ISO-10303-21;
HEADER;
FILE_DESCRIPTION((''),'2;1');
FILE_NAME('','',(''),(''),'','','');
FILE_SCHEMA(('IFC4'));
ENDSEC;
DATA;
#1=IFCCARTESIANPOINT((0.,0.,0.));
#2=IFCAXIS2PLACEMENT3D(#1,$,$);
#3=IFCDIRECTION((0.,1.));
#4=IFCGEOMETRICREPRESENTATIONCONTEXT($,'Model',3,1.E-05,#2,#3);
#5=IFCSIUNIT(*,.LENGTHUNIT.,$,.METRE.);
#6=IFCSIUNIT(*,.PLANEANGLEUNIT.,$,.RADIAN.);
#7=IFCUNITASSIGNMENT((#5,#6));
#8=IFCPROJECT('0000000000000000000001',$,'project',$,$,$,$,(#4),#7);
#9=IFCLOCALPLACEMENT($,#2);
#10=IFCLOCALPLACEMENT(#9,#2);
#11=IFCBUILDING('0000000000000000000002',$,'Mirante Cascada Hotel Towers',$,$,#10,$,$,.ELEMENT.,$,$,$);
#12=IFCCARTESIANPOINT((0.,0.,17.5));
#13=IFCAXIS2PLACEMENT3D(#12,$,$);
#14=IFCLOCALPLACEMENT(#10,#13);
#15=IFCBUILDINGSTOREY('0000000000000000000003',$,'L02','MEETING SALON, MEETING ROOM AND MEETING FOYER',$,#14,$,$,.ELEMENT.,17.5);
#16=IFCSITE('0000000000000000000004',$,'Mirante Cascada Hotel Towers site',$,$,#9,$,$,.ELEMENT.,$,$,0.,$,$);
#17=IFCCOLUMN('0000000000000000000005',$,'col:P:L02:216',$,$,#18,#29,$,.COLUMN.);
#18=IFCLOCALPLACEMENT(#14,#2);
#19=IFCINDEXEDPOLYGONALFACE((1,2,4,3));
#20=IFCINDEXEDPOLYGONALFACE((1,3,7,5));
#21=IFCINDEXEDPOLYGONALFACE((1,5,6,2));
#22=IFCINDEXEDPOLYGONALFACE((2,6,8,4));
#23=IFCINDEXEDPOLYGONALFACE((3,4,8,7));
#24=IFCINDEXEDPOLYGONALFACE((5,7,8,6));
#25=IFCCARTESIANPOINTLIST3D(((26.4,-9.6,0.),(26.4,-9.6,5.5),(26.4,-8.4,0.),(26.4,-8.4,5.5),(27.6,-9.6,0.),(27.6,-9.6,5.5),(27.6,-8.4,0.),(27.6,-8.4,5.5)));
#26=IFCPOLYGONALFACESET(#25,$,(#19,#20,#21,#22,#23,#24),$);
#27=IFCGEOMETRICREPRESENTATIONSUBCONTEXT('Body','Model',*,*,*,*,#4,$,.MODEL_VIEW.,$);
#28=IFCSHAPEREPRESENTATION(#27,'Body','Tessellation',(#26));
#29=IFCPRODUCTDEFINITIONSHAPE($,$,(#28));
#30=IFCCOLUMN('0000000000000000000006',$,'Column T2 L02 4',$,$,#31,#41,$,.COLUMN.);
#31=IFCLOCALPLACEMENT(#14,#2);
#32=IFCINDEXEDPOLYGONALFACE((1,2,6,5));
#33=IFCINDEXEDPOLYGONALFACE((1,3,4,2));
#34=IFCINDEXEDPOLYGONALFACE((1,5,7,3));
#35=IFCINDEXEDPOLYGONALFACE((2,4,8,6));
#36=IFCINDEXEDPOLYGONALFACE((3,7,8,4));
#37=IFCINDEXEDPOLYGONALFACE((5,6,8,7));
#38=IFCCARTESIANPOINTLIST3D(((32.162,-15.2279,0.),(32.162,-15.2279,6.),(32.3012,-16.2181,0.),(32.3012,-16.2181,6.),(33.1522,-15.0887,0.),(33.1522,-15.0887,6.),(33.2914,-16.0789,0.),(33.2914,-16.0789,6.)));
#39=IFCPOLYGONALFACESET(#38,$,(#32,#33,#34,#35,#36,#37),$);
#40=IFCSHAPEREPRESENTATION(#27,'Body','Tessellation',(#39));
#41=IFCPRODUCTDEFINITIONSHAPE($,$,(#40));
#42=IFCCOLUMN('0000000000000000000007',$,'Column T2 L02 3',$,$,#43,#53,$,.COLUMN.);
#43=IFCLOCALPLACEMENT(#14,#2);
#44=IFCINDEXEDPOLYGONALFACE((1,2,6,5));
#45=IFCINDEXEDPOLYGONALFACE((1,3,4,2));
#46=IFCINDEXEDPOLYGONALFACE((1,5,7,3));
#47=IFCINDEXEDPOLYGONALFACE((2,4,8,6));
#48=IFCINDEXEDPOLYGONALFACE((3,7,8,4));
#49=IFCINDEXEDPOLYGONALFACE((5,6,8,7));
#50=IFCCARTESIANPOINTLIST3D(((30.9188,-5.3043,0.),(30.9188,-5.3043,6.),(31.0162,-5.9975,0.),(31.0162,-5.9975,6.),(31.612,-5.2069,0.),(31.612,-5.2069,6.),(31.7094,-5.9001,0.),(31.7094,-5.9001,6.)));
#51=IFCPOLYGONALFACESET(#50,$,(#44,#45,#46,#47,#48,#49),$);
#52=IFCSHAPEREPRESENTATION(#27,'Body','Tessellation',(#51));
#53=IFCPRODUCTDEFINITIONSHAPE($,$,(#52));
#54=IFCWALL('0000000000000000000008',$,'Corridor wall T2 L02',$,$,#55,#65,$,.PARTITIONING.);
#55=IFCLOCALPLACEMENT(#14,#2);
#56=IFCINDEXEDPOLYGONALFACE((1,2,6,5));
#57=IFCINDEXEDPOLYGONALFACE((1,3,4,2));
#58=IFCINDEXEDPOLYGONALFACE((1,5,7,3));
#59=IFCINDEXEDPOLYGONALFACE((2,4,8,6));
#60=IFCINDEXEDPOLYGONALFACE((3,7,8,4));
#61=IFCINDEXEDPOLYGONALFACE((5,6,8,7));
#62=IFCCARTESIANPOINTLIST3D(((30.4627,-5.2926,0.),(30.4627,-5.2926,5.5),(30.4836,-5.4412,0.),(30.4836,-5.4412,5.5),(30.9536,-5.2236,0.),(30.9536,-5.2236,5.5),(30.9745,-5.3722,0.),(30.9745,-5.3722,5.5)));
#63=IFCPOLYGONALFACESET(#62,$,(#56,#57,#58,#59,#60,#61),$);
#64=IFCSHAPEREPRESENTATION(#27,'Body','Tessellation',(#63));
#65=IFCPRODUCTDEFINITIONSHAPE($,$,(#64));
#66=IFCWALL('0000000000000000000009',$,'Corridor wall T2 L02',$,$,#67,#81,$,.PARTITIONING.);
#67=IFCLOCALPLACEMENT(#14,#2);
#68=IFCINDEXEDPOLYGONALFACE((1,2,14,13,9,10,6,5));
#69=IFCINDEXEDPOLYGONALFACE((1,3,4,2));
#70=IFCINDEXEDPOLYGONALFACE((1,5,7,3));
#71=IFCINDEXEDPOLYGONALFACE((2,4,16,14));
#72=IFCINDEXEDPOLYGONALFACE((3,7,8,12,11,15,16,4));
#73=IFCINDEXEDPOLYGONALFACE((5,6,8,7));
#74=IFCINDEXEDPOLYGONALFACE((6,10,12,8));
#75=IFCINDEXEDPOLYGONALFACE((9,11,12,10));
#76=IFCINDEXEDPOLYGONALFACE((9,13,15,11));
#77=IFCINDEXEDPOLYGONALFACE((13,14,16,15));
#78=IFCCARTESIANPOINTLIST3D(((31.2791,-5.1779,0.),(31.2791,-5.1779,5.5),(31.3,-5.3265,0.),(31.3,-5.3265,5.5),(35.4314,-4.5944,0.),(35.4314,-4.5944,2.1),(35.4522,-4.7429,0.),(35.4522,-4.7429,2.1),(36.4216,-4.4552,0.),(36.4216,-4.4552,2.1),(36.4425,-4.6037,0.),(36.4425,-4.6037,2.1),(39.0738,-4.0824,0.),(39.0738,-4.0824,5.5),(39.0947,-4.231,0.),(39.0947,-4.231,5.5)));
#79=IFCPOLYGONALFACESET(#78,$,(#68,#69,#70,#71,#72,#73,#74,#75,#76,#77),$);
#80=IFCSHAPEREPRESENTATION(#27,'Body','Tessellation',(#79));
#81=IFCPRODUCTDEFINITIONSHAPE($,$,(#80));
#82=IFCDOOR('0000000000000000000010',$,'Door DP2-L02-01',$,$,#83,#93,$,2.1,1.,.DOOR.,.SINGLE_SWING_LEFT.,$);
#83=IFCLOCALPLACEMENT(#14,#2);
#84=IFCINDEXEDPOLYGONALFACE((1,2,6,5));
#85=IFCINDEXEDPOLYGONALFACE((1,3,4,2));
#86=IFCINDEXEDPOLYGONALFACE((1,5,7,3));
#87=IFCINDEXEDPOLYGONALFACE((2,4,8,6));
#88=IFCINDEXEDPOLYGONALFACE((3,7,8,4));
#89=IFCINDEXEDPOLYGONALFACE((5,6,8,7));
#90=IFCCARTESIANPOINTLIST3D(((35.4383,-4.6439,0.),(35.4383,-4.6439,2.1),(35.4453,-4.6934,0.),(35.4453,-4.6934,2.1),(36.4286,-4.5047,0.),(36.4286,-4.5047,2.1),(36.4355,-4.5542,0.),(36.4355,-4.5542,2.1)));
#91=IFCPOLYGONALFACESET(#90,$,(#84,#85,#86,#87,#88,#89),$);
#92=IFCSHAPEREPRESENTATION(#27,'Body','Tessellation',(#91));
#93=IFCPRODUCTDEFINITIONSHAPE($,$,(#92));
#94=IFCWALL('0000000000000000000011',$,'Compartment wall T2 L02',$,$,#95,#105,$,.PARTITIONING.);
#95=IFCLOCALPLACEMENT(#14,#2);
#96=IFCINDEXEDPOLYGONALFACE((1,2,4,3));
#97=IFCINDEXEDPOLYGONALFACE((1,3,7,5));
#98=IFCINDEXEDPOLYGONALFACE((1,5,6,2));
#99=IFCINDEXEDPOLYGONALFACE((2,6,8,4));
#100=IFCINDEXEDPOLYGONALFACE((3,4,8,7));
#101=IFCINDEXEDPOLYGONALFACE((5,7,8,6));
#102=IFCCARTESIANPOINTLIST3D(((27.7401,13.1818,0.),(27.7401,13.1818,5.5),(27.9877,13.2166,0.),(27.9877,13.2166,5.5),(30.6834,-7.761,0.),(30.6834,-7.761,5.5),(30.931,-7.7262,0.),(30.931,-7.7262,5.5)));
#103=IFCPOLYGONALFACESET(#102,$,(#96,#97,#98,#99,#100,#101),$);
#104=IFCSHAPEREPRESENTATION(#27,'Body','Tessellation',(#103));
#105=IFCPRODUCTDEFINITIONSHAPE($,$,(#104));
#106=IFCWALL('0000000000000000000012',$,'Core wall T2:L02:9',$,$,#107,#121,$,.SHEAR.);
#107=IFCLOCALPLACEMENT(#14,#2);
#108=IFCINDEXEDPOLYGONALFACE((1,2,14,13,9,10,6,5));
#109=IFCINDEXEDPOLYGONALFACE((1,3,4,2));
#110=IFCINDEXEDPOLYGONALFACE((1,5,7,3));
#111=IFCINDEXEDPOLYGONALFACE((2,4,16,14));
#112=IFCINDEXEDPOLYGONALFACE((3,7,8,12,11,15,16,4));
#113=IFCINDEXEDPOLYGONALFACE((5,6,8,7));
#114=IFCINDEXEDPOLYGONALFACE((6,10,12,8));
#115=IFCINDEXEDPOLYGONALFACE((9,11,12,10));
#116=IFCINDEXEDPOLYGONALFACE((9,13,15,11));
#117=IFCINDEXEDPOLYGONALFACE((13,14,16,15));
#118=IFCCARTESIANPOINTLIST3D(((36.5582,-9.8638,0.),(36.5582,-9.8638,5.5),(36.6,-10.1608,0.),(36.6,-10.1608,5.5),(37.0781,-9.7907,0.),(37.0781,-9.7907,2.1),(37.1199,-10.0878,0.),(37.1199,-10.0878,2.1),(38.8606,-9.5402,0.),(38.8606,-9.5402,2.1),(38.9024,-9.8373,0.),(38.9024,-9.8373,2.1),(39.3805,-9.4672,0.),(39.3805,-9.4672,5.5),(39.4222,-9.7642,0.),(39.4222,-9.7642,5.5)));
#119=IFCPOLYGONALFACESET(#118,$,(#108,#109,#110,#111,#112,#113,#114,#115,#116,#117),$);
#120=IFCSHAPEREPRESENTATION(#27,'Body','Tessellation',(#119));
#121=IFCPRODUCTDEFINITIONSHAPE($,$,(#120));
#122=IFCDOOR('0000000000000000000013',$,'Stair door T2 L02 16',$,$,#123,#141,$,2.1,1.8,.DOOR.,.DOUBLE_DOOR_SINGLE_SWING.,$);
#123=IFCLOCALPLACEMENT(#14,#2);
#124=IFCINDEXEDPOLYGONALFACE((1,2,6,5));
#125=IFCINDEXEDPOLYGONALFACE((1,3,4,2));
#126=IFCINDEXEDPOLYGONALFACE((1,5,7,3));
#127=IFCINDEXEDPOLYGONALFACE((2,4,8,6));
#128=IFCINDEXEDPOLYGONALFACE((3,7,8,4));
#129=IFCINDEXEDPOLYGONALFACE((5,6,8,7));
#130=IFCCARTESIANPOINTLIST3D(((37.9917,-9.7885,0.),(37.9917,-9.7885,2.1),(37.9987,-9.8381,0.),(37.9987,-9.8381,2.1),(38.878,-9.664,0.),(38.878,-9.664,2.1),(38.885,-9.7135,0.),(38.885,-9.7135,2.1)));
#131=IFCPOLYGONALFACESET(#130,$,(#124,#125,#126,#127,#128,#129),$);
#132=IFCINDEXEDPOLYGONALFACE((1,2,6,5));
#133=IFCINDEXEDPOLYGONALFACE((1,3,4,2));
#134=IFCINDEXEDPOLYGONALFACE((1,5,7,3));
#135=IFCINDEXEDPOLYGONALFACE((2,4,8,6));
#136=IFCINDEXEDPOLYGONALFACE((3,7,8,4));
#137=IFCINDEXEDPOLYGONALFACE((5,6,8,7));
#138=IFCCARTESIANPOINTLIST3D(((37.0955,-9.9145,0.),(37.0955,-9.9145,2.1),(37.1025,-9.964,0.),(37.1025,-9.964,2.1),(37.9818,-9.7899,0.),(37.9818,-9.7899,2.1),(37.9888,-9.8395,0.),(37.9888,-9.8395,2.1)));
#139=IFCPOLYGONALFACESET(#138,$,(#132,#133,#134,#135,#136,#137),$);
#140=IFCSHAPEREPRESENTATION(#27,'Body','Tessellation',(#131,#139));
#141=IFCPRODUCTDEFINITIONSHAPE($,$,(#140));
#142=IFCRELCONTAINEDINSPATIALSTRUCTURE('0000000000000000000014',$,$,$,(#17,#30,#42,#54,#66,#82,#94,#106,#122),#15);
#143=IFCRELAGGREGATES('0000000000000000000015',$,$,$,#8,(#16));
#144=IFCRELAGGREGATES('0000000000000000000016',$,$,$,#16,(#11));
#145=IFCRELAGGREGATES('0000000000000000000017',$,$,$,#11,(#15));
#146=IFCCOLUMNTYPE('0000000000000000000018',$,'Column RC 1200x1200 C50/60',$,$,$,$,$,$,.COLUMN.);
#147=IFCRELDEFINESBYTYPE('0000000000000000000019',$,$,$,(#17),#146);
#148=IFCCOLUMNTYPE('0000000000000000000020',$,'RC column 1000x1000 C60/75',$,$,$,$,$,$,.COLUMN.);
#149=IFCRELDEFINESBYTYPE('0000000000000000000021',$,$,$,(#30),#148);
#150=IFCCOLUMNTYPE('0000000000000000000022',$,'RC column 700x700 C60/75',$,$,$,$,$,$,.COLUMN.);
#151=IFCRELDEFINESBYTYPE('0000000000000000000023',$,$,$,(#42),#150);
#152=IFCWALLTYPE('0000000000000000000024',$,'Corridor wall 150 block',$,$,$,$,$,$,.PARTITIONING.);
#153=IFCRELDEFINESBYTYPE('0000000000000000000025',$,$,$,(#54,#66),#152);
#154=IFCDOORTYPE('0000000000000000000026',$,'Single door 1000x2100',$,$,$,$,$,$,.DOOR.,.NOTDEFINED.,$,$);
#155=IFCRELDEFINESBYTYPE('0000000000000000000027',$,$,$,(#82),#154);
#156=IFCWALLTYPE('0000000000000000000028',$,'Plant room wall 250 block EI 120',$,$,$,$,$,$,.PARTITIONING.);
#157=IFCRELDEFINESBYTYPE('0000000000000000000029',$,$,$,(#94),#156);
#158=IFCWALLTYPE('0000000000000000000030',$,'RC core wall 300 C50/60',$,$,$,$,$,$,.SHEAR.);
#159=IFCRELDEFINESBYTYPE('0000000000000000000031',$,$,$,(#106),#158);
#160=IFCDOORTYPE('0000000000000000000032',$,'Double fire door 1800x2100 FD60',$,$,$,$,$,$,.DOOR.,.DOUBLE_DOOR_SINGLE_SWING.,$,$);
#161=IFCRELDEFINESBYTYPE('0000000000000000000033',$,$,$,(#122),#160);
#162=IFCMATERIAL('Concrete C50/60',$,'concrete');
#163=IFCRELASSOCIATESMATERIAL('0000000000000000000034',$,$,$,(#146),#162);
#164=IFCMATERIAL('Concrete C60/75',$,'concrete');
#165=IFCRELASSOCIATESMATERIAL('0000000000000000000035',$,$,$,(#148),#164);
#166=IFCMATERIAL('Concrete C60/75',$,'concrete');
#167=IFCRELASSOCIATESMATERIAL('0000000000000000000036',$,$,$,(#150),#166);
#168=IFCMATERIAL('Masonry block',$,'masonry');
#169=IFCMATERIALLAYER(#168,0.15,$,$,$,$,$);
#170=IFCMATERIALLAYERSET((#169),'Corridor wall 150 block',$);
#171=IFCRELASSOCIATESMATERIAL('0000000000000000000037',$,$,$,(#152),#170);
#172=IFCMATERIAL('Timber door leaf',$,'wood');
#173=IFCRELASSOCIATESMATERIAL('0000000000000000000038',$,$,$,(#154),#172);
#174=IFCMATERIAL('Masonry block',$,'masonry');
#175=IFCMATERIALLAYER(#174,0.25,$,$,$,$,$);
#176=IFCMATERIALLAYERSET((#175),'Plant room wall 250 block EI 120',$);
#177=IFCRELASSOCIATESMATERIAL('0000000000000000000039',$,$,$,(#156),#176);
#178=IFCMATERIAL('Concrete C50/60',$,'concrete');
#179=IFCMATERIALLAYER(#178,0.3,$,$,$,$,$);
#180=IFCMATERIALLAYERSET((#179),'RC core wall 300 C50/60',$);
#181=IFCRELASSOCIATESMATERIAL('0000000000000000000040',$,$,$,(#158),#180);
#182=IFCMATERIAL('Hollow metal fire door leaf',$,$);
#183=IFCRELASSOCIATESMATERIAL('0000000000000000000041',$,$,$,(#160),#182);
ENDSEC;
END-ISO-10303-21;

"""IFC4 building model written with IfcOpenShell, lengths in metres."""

from ifc_helpers import new_model, si_unit, direction, frame, frame_2d, origin, origin_2d, place, context, subcontext, project, spatial, rectangle, extrude, material, layer, layer_set, material_profile, profile_set, type_object, element, fill, save


model = new_model("IFC4")

# Units and contexts
model_context = context("Model", 3, precision=1e-05, world=origin(), true_north=direction((0.0, 1.0)))
body_context = subcontext(model_context, "Body", "Model", "MODEL_VIEW")
ifc_project = project(units=[si_unit("LENGTHUNIT", "METRE"), si_unit("PLANEANGLEUNIT", "RADIAN")], contexts=[model_context])

# Site, building, storey
site_placement = place(None, origin())
site = spatial("IfcSite", under=ifc_project, at=site_placement, Name="Mirante Cascada Hotel Towers site", CompositionType="ELEMENT", RefElevation=0.0)
building_placement = place(site_placement, origin())
building = spatial("IfcBuilding", under=site, at=building_placement, Name="Mirante Cascada Hotel Towers", CompositionType="ELEMENT")
storey_placement = place(building_placement, frame((0.0, 0.0, 17.5)))
storey = spatial("IfcBuildingStorey", under=building, at=storey_placement, Name="L02", Description="MEETING SALON, MEETING ROOM AND MEETING FOYER", CompositionType="ELEMENT", Elevation=17.5)

# Columns
ifc_material_1 = material(Name="Concrete C50/60", Category="concrete")
ifc_material_profile_1 = material_profile(ifc_material_1, rectangle(XDim=1.2, YDim=1.2, at=origin_2d()), Name="RC 1200x1200")
ifc_profile_set_1 = profile_set([ifc_material_profile_1], Name="Concrete C50/60")
column_type_1 = type_object("IfcColumnType", Name="Column RC 1200x1200 C50/60", PredefinedType="COLUMN", material=ifc_profile_set_1)
column_1_placement = place(storey_placement, frame((27.0, -9.0, 0.0), z_axis=(0.0, 0.0, 1.0), x_axis=(1.0, 0.0, 0.0)))
element("IfcColumn", 1, at=column_1_placement, inside=storey, type_object=column_type_1, Name="col:P:L02:216", PredefinedType="COLUMN", context=body_context, shape_type="SweptSolid", body=[
    extrude(rectangle(XDim=1.2, YDim=1.2, at=origin_2d()), origin(), (0.0, 0.0, 1.0), 5.5),
])
ifc_material_2 = material(Name="Concrete C60/75", Category="concrete")
ifc_material_profile_2 = material_profile(ifc_material_2, rectangle(XDim=1.0, YDim=1.0, at=origin_2d()), Name="RC column 1000x1000 C60/75")
ifc_profile_set_2 = profile_set([ifc_material_profile_2], Name="Concrete C60/75")
column_type_2 = type_object("IfcColumnType", Name="RC column 1000x1000 C60/75", PredefinedType="COLUMN", material=ifc_profile_set_2)
column_2_placement = place(storey_placement, frame((32.7267, -15.6534, 0.0), z_axis=(0.0, 0.0, 1.0), x_axis=(0.990268, 0.139173, 0.0)))
element("IfcColumn", 2, at=column_2_placement, inside=storey, type_object=column_type_2, Name="Column T2 L02 4", PredefinedType="COLUMN", context=body_context, shape_type="SweptSolid", body=[
    extrude(rectangle(XDim=1.0, YDim=1.0, at=origin_2d()), origin(), (0.0, 0.0, 1.0), 6.0),
])
ifc_material_3 = material(Name="Concrete C60/75", Category="concrete")
ifc_material_profile_3 = material_profile(ifc_material_3, rectangle(XDim=0.7, YDim=0.7, at=origin_2d()), Name="RC column 700x700 C60/75")
ifc_profile_set_3 = profile_set([ifc_material_profile_3], Name="Concrete C60/75")
column_type_3 = type_object("IfcColumnType", Name="RC column 700x700 C60/75", PredefinedType="COLUMN", material=ifc_profile_set_3)
column_3_placement = place(storey_placement, frame((31.3141, -5.6022, 0.0), z_axis=(0.0, 0.0, 1.0), x_axis=(0.990268, 0.139173, 0.0)))
element("IfcColumn", 3, at=column_3_placement, inside=storey, type_object=column_type_3, Name="Column T2 L02 3", PredefinedType="COLUMN", context=body_context, shape_type="SweptSolid", body=[
    extrude(rectangle(XDim=0.7, YDim=0.7, at=origin_2d()), origin(), (0.0, 0.0, 1.0), 6.0),
])

# Wall
ifc_material_4 = material(Name="Masonry block", Category="masonry")
ifc_layer_1 = layer(ifc_material_4, 0.15)
ifc_layer_set_1 = layer_set([ifc_layer_1], Name="Corridor wall 150 block")
wall_type_1 = type_object("IfcWallType", Name="Corridor wall 150 block", PredefinedType="PARTITIONING", material=ifc_layer_set_1)
wall_1_placement = place(storey_placement, frame((30.4732, -5.3669, 0.0), z_axis=(0.0, 0.0, 1.0), x_axis=(0.990266, 0.13919, 0.0)))
element("IfcWall", 4, at=wall_1_placement, inside=storey, type_object=wall_type_1, Name="Corridor wall T2 L02", PredefinedType="PARTITIONING", context=body_context, shape_type="SweptSolid", body=[
    extrude(rectangle(XDim=0.4957, YDim=0.15, at=frame_2d((0.2478, 0.0))), origin(), (0.0, 0.0, 1.0), 5.5),
])

# Wall, opening, door
wall_2_placement = place(storey_placement, frame((31.2896, -5.2522, 0.0), z_axis=(0.0, 0.0, 1.0), x_axis=(0.990268, 0.139176, 0.0)))
wall_2 = element("IfcWall", 5, at=wall_2_placement, inside=storey, type_object=wall_type_1, Name="Corridor wall T2 L02", PredefinedType="PARTITIONING", context=body_context, shape_type="SweptSolid", body=[
    extrude(rectangle(XDim=7.8713, YDim=0.15, at=frame_2d((3.9356, 0.0))), origin(), (0.0, 0.0, 1.0), 5.5),
])
opening_1_placement = place(wall_2_placement, frame((4.193, 0.0, 0.0)))
opening_1 = element("IfcOpeningElement", 6, at=opening_1_placement, cuts=wall_2, PredefinedType="OPENING", context=body_context, shape_type="SweptSolid", body=[
    extrude(rectangle(XDim=1.0, YDim=2.1, at=frame_2d((0.5, 1.05))), frame((0.0, 0.075, 0.0), z_axis=(0.0, -1.0, 0.0), x_axis=(1.0, 0.0, 0.0)), (0.0, 0.0, 1.0), 0.15),
])
ifc_material_5 = material(Name="Timber door leaf", Category="wood")
door_type_1 = type_object("IfcDoorType", Name="Single door 1000x2100", OperationType="NOTDEFINED", PredefinedType="DOOR", material=ifc_material_5)
door_1_placement = place(opening_1_placement, origin())
door_1 = element("IfcDoor", 7, at=door_1_placement, inside=storey, type_object=door_type_1, Name="Door DP2-L02-01", OperationType="SINGLE_SWING_LEFT", OverallHeight=2.1, OverallWidth=1.0, PredefinedType="DOOR", context=body_context, shape_type="SweptSolid", body=[
    extrude(rectangle(XDim=1.0, YDim=2.1, at=frame_2d((0.5, 1.05))), frame((0.0, 0.025, 0.0), z_axis=(0.0, -1.0, 0.0), x_axis=(1.0, 0.0, 0.0)), (0.0, 0.0, 1.0), 0.05),
])
fill(opening_1, door_1)

# Wall
ifc_material_6 = material(Name="Masonry block", Category="masonry")
ifc_layer_2 = layer(ifc_material_6, 0.25)
ifc_layer_set_2 = layer_set([ifc_layer_2], Name="Plant room wall 250 block EI 120")
wall_type_2 = type_object("IfcWallType", Name="Plant room wall 250 block EI 120", PredefinedType="PARTITIONING", material=ifc_layer_set_2)
wall_3_placement = place(storey_placement, frame((30.8072, -7.7436, 0.0), z_axis=(0.0, 0.0, 1.0), x_axis=(-0.139172, 0.990268, 0.0)))
element("IfcWall", 8, at=wall_3_placement, inside=storey, type_object=wall_type_2, Name="Compartment wall T2 L02", PredefinedType="PARTITIONING", context=body_context, shape_type="SweptSolid", body=[
    extrude(rectangle(XDim=21.1486, YDim=0.25, at=frame_2d((10.5743, 0.0))), origin(), (0.0, 0.0, 1.0), 5.5),
])

# Wall, opening, door
ifc_material_7 = material(Name="Concrete C50/60", Category="concrete")
ifc_layer_3 = layer(ifc_material_7, 0.3)
ifc_layer_set_3 = layer_set([ifc_layer_3], Name="RC core wall 300 C50/60")
wall_type_3 = type_object("IfcWallType", Name="RC core wall 300 C50/60", PredefinedType="SHEAR", material=ifc_layer_set_3)
wall_4_placement = place(storey_placement, frame((36.5791, -10.0123, 0.0), z_axis=(0.0, 0.0, 1.0), x_axis=(0.99027, 0.139156, 0.0)))
wall_4 = element("IfcWall", 9, at=wall_4_placement, inside=storey, type_object=wall_type_3, Name="Core wall T2:L02:9", PredefinedType="SHEAR", context=body_context, shape_type="SweptSolid", body=[
    extrude(rectangle(XDim=2.85, YDim=0.3, at=frame_2d((1.425, 0.0))), origin(), (0.0, 0.0, 1.0), 5.5),
])
opening_2_placement = place(wall_4_placement, frame((0.525, 0.0, 0.0)))
opening_2 = element("IfcOpeningElement", 10, at=opening_2_placement, cuts=wall_4, PredefinedType="OPENING", context=body_context, shape_type="SweptSolid", body=[
    extrude(rectangle(XDim=1.8, YDim=2.1, at=frame_2d((0.9, 1.05))), frame((0.0, 0.15, 0.0), z_axis=(0.0, -1.0, 0.0), x_axis=(1.0, 0.0, 0.0)), (0.0, 0.0, 1.0), 0.3),
])
ifc_material_8 = material(Name="Hollow metal fire door leaf")
door_type_2 = type_object("IfcDoorType", Name="Double fire door 1800x2100 FD60", OperationType="DOUBLE_DOOR_SINGLE_SWING", PredefinedType="DOOR", material=ifc_material_8)
door_2_placement = place(opening_2_placement, frame((1.8, 0.0, 0.0), z_axis=(0.0, 0.0, 1.0), x_axis=(-1.0, 0.0, 0.0)))
door_2 = element("IfcDoor", 11, at=door_2_placement, inside=storey, type_object=door_type_2, Name="Stair door T2 L02 16", OperationType="DOUBLE_DOOR_SINGLE_SWING", OverallHeight=2.1, OverallWidth=1.8, PredefinedType="DOOR", context=body_context, shape_type="SweptSolid", body=[
    extrude(rectangle(XDim=0.895, YDim=2.1, at=frame_2d((0.4475, 1.05))), frame((0.0, 0.025, 0.0), z_axis=(0.0, -1.0, 0.0), x_axis=(1.0, 0.0, 0.0)), (0.0, 0.0, 1.0), 0.05),
    extrude(rectangle(XDim=0.895, YDim=2.1, at=frame_2d((1.3525, 1.05))), frame((0.0, 0.025, 0.0), z_axis=(0.0, -1.0, 0.0), x_axis=(1.0, 0.0, 0.0)), (0.0, 0.0, 1.0), 0.05),
])
fill(opening_2, door_2)

save(model, "model.ifc")
